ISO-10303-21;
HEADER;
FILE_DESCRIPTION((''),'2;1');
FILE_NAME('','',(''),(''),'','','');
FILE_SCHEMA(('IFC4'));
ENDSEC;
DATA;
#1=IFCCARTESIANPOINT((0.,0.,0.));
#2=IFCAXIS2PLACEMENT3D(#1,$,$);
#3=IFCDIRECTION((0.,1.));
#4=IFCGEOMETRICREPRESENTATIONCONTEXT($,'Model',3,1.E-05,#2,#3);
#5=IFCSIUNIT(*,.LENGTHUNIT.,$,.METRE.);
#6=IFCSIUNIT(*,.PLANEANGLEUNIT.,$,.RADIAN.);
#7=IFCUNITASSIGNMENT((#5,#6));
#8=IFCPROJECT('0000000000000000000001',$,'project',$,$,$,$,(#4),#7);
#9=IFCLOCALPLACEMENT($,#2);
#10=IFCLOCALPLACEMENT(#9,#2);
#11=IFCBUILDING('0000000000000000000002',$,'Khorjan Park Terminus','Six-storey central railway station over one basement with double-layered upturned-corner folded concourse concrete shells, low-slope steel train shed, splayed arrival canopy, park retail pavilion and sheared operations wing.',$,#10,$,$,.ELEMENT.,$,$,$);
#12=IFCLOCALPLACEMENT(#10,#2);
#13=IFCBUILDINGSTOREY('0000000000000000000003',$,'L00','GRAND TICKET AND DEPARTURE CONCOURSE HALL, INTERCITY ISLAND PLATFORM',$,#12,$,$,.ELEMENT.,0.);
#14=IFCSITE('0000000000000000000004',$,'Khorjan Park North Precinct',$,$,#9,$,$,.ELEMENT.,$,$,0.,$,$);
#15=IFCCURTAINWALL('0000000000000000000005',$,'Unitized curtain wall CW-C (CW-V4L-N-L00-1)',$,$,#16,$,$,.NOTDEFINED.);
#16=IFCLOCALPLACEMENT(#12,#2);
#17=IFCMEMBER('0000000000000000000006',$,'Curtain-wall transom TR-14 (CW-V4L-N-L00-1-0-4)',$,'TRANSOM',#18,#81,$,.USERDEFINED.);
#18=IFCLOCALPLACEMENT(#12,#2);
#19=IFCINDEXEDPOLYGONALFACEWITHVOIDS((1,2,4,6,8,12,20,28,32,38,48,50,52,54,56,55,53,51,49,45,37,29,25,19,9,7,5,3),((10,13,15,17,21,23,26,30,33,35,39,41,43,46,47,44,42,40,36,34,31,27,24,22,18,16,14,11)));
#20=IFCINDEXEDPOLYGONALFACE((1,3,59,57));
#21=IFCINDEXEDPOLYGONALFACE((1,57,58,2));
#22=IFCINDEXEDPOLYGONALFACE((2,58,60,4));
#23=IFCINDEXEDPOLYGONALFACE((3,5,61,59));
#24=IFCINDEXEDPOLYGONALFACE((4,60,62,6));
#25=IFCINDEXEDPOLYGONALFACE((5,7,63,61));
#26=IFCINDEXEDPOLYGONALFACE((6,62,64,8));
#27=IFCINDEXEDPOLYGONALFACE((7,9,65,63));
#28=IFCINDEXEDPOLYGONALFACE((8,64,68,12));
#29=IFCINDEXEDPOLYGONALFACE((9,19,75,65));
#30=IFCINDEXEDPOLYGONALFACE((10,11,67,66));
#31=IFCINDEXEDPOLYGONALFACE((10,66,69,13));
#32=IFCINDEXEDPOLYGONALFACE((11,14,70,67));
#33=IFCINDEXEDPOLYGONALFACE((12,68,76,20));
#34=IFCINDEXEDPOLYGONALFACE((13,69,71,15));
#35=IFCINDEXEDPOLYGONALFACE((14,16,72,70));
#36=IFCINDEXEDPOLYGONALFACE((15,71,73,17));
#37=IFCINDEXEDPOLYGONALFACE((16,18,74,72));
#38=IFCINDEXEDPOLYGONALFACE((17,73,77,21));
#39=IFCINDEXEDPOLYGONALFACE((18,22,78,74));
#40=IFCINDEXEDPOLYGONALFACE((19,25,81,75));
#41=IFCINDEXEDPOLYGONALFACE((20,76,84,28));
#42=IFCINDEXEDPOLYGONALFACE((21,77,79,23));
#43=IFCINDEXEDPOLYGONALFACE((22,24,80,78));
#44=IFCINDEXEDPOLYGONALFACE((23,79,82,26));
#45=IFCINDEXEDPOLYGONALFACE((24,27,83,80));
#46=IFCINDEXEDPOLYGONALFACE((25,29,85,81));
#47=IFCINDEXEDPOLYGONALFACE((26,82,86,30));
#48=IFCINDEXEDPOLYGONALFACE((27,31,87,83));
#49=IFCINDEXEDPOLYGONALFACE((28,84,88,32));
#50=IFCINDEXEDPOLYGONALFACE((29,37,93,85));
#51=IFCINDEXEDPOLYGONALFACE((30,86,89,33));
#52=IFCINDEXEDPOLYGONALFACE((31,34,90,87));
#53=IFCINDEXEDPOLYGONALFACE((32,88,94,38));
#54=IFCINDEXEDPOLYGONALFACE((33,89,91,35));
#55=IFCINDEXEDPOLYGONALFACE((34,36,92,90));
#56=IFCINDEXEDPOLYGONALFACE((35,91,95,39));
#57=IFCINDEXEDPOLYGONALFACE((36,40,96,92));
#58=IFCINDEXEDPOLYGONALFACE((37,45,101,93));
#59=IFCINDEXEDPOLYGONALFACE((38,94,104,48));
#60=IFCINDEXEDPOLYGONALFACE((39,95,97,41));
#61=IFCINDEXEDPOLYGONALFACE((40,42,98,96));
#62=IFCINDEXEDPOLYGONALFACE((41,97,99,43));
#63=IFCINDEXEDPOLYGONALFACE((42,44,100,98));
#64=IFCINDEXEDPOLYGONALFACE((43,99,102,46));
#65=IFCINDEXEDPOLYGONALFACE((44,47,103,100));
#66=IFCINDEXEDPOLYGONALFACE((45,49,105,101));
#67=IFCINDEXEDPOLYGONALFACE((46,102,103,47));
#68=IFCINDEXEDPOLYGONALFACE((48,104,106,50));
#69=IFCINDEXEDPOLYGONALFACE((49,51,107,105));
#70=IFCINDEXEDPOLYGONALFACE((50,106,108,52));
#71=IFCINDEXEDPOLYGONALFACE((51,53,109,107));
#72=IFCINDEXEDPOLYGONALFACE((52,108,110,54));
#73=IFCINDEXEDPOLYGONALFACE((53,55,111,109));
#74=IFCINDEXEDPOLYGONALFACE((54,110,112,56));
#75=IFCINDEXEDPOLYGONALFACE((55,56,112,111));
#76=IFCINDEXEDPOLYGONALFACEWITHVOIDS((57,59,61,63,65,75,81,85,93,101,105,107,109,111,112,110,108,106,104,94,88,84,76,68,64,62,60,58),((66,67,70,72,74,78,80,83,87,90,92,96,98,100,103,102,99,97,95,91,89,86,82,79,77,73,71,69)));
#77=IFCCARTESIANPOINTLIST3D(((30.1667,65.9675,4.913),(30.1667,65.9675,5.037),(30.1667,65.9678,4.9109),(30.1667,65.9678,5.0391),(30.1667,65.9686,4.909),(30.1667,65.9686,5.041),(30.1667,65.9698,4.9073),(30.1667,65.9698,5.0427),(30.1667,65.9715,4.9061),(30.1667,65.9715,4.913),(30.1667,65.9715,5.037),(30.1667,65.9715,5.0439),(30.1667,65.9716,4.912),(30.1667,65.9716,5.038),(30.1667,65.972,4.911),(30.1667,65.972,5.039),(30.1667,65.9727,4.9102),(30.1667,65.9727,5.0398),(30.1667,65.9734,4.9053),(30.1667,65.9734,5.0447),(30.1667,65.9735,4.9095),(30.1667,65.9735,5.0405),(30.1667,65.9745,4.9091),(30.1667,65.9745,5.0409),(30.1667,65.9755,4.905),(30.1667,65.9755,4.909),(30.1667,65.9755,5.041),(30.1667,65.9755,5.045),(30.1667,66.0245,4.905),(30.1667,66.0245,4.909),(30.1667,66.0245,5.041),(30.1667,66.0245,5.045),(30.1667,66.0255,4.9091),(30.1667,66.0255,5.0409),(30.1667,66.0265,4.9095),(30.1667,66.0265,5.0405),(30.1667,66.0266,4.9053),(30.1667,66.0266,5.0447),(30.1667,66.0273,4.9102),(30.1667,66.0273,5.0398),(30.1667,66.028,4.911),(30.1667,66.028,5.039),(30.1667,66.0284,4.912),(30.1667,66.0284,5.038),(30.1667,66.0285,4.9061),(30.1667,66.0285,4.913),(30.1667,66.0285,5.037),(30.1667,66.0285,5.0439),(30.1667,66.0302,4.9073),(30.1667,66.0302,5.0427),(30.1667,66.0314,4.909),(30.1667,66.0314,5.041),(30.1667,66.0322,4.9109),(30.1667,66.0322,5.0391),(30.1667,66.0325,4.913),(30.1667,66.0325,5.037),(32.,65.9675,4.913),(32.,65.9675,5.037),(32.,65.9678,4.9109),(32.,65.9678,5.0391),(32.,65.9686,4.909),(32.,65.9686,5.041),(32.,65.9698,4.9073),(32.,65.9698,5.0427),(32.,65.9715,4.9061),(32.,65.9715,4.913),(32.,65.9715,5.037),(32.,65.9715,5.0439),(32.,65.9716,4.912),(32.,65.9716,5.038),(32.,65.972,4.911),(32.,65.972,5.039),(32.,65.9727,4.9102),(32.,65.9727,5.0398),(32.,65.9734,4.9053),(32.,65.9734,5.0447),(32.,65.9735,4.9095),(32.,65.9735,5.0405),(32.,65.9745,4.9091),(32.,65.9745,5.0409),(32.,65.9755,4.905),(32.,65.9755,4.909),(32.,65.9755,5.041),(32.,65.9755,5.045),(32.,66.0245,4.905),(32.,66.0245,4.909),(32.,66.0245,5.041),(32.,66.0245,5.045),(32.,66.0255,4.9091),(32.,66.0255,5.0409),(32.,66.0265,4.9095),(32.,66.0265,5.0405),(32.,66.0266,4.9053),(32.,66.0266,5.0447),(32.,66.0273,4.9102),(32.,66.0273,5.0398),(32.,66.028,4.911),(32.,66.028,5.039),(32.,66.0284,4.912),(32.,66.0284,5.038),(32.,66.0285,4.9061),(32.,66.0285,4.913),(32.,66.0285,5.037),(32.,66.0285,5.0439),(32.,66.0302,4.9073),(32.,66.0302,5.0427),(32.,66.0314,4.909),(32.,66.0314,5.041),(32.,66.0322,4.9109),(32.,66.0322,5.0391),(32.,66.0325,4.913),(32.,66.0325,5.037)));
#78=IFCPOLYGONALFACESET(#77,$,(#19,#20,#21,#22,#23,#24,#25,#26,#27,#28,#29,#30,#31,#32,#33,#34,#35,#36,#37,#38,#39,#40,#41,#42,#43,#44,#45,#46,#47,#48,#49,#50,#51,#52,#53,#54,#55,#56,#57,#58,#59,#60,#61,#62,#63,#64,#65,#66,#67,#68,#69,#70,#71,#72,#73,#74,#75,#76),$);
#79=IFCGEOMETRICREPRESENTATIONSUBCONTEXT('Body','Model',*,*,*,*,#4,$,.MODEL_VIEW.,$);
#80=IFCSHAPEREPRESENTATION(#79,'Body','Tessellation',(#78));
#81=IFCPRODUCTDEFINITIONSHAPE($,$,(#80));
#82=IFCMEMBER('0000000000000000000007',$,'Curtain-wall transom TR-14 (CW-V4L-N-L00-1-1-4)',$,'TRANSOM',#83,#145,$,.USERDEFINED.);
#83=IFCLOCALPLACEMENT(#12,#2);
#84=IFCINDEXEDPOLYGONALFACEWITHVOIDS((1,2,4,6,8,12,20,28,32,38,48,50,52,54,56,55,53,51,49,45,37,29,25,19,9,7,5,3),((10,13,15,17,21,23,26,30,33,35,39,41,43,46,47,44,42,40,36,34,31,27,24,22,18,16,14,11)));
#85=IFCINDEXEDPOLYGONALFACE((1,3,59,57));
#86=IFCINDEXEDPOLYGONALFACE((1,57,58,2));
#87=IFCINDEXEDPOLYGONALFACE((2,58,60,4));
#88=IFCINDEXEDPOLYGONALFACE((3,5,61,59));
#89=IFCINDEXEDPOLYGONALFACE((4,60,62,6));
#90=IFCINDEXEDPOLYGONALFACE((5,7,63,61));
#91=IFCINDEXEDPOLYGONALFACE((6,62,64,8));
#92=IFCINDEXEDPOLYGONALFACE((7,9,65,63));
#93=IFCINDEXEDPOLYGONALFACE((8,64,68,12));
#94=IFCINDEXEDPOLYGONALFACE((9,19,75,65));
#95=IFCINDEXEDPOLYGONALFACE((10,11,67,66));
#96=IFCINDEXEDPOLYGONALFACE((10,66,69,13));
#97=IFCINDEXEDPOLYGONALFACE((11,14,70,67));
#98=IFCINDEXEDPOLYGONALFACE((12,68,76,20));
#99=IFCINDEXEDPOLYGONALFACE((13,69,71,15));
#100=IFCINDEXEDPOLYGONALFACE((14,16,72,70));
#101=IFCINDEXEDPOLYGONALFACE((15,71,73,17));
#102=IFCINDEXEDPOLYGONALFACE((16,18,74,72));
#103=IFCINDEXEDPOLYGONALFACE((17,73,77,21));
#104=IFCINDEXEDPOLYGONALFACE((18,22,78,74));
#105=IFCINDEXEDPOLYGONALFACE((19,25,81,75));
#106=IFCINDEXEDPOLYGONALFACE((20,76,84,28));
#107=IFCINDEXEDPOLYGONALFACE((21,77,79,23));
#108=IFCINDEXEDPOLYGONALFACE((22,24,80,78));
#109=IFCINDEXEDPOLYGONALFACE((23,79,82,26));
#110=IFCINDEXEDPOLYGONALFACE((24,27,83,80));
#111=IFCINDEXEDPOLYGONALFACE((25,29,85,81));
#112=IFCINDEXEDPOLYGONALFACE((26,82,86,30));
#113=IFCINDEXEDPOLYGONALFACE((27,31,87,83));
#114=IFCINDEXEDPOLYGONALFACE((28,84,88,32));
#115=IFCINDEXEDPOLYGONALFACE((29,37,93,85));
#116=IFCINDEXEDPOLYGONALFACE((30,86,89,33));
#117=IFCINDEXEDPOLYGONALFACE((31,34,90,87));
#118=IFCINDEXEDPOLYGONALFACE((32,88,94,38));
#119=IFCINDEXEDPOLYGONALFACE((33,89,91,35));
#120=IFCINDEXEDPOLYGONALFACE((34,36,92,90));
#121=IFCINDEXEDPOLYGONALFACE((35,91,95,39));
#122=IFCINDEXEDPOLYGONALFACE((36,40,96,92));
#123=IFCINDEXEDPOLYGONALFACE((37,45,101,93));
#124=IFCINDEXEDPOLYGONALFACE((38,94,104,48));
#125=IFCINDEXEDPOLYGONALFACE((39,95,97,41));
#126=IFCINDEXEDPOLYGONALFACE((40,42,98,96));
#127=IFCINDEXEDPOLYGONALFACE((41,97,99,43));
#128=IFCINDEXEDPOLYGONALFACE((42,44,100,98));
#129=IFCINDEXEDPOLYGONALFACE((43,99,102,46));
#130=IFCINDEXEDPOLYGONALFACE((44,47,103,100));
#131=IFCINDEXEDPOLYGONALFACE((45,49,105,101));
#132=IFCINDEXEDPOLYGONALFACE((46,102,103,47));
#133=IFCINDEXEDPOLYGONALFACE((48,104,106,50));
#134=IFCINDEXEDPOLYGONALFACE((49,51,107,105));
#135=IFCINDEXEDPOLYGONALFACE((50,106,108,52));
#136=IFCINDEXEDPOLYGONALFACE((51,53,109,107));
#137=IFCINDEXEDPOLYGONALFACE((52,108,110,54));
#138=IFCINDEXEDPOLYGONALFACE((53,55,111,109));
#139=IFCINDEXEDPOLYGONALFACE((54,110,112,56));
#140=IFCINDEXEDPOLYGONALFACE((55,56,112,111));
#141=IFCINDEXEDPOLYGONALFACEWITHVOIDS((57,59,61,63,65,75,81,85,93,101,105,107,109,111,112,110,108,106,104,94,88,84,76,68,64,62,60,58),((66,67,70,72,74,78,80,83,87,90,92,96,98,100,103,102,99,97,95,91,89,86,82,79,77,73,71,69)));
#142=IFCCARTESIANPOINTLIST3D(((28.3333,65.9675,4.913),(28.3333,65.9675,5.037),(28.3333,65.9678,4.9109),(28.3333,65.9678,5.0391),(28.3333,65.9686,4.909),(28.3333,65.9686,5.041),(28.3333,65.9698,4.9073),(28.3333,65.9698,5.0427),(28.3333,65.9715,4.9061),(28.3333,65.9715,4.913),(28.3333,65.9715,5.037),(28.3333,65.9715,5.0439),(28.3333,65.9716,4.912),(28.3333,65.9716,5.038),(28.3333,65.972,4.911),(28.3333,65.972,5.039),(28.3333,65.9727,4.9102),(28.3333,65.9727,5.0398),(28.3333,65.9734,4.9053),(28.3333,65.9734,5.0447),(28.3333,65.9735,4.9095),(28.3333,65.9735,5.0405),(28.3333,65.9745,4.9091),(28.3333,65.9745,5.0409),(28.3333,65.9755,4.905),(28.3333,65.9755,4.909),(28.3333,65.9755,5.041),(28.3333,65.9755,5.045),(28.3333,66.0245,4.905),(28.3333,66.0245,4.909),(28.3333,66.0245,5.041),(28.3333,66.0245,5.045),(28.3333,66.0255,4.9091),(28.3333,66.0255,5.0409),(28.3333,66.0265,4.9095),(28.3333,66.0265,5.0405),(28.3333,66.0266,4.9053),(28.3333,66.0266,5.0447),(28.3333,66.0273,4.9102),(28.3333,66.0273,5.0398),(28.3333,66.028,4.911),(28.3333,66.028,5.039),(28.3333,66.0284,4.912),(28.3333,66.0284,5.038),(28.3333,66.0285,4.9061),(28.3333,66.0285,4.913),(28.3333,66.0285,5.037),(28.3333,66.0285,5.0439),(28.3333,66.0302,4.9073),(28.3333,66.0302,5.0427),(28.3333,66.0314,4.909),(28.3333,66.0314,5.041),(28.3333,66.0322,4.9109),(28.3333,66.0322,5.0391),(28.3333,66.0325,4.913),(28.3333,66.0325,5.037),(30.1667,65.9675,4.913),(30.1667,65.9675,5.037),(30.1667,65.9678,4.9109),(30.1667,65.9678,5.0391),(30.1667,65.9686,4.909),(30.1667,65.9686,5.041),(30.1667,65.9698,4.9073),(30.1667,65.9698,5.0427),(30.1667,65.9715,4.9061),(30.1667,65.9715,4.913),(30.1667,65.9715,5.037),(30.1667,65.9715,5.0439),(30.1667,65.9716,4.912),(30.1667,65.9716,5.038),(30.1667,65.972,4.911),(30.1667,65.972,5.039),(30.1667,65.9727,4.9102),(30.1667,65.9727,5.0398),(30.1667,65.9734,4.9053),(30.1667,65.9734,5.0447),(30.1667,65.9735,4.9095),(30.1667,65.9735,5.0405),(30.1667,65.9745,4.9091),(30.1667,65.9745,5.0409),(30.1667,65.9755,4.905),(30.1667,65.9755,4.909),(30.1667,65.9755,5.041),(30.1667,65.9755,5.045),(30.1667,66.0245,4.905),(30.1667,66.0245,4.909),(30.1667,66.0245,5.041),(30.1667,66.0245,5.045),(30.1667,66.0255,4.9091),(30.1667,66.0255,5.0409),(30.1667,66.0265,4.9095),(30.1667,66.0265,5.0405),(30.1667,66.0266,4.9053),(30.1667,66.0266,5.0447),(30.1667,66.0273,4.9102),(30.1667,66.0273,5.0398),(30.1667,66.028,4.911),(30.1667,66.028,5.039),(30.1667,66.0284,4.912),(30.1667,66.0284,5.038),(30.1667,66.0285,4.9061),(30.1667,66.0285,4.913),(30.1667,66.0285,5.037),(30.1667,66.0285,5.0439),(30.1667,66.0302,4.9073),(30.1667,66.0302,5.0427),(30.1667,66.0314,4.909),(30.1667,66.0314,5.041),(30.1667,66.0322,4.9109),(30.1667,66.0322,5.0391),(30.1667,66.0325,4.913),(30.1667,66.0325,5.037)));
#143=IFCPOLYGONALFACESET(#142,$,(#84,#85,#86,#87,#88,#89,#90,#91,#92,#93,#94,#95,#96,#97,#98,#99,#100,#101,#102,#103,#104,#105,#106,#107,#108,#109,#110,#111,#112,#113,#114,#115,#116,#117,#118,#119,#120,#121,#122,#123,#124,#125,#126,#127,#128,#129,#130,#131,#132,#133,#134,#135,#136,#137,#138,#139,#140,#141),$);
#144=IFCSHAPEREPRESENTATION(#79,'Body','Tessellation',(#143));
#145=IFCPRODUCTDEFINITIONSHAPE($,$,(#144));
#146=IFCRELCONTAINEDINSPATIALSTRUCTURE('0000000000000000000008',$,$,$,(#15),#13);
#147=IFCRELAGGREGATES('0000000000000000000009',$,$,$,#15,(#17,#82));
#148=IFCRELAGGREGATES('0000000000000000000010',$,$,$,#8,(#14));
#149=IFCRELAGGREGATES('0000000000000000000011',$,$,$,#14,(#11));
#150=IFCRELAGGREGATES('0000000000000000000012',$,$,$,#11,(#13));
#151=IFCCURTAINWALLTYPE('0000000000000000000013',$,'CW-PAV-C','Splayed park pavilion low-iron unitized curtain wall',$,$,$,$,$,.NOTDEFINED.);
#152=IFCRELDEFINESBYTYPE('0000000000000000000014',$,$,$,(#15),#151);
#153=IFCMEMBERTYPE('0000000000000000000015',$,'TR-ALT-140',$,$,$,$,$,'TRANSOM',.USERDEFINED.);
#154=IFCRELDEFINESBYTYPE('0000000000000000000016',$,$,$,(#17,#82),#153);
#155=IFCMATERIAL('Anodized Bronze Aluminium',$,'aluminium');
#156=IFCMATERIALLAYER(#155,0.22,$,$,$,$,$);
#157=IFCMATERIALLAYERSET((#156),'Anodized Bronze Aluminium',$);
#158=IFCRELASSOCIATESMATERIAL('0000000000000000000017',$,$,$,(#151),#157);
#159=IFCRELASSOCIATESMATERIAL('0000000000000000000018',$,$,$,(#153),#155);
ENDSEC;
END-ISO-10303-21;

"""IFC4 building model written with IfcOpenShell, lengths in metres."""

from ifc_helpers import new_model, si_unit, direction, frame, origin, origin_2d, place, context, subcontext, project, spatial, hollow_rectangle, extrude, material, layer, layer_set, material_profile, profile_set, type_object, element, aggregate, save


model = new_model("IFC4")

# Units and contexts
model_context = context("Model", 3, precision=1e-05, world=origin(), true_north=direction((0.0, 1.0)))
body_context = subcontext(model_context, "Body", "Model", "MODEL_VIEW")
ifc_project = project(units=[si_unit("LENGTHUNIT", "METRE"), si_unit("PLANEANGLEUNIT", "RADIAN")], contexts=[model_context])

# Site, building, storey
site_placement = place(None, origin())
site = spatial("IfcSite", under=ifc_project, at=site_placement, Name="Khorjan Park North Precinct", CompositionType="ELEMENT", RefElevation=0.0)
building_placement = place(site_placement, origin())
building = spatial("IfcBuilding", under=site, at=building_placement, Name="Khorjan Park Terminus", Description="Six-storey central railway station over one basement with double-layered upturned-corner folded concourse concrete shells, low-slope steel train shed, splayed arrival canopy, park retail pavilion and sheared operations wing.", CompositionType="ELEMENT")
storey_placement = place(building_placement, origin())
storey = spatial("IfcBuildingStorey", under=building, at=storey_placement, Name="L00", Description="GRAND TICKET AND DEPARTURE CONCOURSE HALL, INTERCITY ISLAND PLATFORM", CompositionType="ELEMENT", Elevation=0.0)

# Curtain wall
ifc_material_1 = material(Name="Anodized Bronze Aluminium", Category="aluminium")
ifc_layer_1 = layer(ifc_material_1, 0.22)
ifc_layer_set_1 = layer_set([ifc_layer_1], Name="Anodized Bronze Aluminium")
curtain_wall_type = type_object("IfcCurtainWallType", Name="CW-PAV-C", Description="Splayed park pavilion low-iron unitized curtain wall", PredefinedType="NOTDEFINED", material=ifc_layer_set_1)
curtain_wall_1_placement = place(storey_placement, origin())
curtain_wall_1 = element("IfcCurtainWall", 1, at=curtain_wall_1_placement, inside=storey, type_object=curtain_wall_type, Name="Unitized curtain wall CW-C (CW-V4L-N-L00-1)", PredefinedType="NOTDEFINED")

# Members
ifc_material_profile_1 = material_profile(ifc_material_1, hollow_rectangle(XDim=0.065, YDim=0.14, WallThickness=0.004, InnerFilletRadius=0.004, OuterFilletRadius=0.008, at=origin_2d()), Name="ALT 65x140x4")
ifc_profile_set_1 = profile_set([ifc_material_profile_1], Name="Anodized Bronze Aluminium")
member_type_1 = type_object("IfcMemberType", Name="TR-ALT-140", ElementType="TRANSOM", PredefinedType="USERDEFINED", material=ifc_profile_set_1)
member_1_placement = place(storey_placement, frame((32.0, 66.0, 4.975), z_axis=(-1.0, 0.0, 0.0), x_axis=(0.0, -1.0, 0.0)))
member_1 = element("IfcMember", 2, at=member_1_placement, type_object=member_type_1, Name="Curtain-wall transom TR-14 (CW-V4L-N-L00-1-0-4)", ObjectType="TRANSOM", PredefinedType="USERDEFINED", context=body_context, shape_type="SweptSolid", body=[
    extrude(hollow_rectangle(XDim=0.065, YDim=0.14, WallThickness=0.004, InnerFilletRadius=0.004, OuterFilletRadius=0.008, at=origin_2d()), origin(), (0.0, 0.0, 1.0), 1.8333),
])
member_2_placement = place(storey_placement, frame((30.1667, 66.0, 4.975), z_axis=(-1.0, 0.0, 0.0), x_axis=(0.0, -1.0, 0.0)))
member_2 = element("IfcMember", 3, at=member_2_placement, type_object=member_type_1, Name="Curtain-wall transom TR-14 (CW-V4L-N-L00-1-1-4)", ObjectType="TRANSOM", PredefinedType="USERDEFINED", context=body_context, shape_type="SweptSolid", body=[
    extrude(hollow_rectangle(XDim=0.065, YDim=0.14, WallThickness=0.004, InnerFilletRadius=0.004, OuterFilletRadius=0.008, at=origin_2d()), origin(), (0.0, 0.0, 1.0), 1.8334),
])

aggregate(curtain_wall_1, [member_1, member_2])

save(model, "model.ifc")
